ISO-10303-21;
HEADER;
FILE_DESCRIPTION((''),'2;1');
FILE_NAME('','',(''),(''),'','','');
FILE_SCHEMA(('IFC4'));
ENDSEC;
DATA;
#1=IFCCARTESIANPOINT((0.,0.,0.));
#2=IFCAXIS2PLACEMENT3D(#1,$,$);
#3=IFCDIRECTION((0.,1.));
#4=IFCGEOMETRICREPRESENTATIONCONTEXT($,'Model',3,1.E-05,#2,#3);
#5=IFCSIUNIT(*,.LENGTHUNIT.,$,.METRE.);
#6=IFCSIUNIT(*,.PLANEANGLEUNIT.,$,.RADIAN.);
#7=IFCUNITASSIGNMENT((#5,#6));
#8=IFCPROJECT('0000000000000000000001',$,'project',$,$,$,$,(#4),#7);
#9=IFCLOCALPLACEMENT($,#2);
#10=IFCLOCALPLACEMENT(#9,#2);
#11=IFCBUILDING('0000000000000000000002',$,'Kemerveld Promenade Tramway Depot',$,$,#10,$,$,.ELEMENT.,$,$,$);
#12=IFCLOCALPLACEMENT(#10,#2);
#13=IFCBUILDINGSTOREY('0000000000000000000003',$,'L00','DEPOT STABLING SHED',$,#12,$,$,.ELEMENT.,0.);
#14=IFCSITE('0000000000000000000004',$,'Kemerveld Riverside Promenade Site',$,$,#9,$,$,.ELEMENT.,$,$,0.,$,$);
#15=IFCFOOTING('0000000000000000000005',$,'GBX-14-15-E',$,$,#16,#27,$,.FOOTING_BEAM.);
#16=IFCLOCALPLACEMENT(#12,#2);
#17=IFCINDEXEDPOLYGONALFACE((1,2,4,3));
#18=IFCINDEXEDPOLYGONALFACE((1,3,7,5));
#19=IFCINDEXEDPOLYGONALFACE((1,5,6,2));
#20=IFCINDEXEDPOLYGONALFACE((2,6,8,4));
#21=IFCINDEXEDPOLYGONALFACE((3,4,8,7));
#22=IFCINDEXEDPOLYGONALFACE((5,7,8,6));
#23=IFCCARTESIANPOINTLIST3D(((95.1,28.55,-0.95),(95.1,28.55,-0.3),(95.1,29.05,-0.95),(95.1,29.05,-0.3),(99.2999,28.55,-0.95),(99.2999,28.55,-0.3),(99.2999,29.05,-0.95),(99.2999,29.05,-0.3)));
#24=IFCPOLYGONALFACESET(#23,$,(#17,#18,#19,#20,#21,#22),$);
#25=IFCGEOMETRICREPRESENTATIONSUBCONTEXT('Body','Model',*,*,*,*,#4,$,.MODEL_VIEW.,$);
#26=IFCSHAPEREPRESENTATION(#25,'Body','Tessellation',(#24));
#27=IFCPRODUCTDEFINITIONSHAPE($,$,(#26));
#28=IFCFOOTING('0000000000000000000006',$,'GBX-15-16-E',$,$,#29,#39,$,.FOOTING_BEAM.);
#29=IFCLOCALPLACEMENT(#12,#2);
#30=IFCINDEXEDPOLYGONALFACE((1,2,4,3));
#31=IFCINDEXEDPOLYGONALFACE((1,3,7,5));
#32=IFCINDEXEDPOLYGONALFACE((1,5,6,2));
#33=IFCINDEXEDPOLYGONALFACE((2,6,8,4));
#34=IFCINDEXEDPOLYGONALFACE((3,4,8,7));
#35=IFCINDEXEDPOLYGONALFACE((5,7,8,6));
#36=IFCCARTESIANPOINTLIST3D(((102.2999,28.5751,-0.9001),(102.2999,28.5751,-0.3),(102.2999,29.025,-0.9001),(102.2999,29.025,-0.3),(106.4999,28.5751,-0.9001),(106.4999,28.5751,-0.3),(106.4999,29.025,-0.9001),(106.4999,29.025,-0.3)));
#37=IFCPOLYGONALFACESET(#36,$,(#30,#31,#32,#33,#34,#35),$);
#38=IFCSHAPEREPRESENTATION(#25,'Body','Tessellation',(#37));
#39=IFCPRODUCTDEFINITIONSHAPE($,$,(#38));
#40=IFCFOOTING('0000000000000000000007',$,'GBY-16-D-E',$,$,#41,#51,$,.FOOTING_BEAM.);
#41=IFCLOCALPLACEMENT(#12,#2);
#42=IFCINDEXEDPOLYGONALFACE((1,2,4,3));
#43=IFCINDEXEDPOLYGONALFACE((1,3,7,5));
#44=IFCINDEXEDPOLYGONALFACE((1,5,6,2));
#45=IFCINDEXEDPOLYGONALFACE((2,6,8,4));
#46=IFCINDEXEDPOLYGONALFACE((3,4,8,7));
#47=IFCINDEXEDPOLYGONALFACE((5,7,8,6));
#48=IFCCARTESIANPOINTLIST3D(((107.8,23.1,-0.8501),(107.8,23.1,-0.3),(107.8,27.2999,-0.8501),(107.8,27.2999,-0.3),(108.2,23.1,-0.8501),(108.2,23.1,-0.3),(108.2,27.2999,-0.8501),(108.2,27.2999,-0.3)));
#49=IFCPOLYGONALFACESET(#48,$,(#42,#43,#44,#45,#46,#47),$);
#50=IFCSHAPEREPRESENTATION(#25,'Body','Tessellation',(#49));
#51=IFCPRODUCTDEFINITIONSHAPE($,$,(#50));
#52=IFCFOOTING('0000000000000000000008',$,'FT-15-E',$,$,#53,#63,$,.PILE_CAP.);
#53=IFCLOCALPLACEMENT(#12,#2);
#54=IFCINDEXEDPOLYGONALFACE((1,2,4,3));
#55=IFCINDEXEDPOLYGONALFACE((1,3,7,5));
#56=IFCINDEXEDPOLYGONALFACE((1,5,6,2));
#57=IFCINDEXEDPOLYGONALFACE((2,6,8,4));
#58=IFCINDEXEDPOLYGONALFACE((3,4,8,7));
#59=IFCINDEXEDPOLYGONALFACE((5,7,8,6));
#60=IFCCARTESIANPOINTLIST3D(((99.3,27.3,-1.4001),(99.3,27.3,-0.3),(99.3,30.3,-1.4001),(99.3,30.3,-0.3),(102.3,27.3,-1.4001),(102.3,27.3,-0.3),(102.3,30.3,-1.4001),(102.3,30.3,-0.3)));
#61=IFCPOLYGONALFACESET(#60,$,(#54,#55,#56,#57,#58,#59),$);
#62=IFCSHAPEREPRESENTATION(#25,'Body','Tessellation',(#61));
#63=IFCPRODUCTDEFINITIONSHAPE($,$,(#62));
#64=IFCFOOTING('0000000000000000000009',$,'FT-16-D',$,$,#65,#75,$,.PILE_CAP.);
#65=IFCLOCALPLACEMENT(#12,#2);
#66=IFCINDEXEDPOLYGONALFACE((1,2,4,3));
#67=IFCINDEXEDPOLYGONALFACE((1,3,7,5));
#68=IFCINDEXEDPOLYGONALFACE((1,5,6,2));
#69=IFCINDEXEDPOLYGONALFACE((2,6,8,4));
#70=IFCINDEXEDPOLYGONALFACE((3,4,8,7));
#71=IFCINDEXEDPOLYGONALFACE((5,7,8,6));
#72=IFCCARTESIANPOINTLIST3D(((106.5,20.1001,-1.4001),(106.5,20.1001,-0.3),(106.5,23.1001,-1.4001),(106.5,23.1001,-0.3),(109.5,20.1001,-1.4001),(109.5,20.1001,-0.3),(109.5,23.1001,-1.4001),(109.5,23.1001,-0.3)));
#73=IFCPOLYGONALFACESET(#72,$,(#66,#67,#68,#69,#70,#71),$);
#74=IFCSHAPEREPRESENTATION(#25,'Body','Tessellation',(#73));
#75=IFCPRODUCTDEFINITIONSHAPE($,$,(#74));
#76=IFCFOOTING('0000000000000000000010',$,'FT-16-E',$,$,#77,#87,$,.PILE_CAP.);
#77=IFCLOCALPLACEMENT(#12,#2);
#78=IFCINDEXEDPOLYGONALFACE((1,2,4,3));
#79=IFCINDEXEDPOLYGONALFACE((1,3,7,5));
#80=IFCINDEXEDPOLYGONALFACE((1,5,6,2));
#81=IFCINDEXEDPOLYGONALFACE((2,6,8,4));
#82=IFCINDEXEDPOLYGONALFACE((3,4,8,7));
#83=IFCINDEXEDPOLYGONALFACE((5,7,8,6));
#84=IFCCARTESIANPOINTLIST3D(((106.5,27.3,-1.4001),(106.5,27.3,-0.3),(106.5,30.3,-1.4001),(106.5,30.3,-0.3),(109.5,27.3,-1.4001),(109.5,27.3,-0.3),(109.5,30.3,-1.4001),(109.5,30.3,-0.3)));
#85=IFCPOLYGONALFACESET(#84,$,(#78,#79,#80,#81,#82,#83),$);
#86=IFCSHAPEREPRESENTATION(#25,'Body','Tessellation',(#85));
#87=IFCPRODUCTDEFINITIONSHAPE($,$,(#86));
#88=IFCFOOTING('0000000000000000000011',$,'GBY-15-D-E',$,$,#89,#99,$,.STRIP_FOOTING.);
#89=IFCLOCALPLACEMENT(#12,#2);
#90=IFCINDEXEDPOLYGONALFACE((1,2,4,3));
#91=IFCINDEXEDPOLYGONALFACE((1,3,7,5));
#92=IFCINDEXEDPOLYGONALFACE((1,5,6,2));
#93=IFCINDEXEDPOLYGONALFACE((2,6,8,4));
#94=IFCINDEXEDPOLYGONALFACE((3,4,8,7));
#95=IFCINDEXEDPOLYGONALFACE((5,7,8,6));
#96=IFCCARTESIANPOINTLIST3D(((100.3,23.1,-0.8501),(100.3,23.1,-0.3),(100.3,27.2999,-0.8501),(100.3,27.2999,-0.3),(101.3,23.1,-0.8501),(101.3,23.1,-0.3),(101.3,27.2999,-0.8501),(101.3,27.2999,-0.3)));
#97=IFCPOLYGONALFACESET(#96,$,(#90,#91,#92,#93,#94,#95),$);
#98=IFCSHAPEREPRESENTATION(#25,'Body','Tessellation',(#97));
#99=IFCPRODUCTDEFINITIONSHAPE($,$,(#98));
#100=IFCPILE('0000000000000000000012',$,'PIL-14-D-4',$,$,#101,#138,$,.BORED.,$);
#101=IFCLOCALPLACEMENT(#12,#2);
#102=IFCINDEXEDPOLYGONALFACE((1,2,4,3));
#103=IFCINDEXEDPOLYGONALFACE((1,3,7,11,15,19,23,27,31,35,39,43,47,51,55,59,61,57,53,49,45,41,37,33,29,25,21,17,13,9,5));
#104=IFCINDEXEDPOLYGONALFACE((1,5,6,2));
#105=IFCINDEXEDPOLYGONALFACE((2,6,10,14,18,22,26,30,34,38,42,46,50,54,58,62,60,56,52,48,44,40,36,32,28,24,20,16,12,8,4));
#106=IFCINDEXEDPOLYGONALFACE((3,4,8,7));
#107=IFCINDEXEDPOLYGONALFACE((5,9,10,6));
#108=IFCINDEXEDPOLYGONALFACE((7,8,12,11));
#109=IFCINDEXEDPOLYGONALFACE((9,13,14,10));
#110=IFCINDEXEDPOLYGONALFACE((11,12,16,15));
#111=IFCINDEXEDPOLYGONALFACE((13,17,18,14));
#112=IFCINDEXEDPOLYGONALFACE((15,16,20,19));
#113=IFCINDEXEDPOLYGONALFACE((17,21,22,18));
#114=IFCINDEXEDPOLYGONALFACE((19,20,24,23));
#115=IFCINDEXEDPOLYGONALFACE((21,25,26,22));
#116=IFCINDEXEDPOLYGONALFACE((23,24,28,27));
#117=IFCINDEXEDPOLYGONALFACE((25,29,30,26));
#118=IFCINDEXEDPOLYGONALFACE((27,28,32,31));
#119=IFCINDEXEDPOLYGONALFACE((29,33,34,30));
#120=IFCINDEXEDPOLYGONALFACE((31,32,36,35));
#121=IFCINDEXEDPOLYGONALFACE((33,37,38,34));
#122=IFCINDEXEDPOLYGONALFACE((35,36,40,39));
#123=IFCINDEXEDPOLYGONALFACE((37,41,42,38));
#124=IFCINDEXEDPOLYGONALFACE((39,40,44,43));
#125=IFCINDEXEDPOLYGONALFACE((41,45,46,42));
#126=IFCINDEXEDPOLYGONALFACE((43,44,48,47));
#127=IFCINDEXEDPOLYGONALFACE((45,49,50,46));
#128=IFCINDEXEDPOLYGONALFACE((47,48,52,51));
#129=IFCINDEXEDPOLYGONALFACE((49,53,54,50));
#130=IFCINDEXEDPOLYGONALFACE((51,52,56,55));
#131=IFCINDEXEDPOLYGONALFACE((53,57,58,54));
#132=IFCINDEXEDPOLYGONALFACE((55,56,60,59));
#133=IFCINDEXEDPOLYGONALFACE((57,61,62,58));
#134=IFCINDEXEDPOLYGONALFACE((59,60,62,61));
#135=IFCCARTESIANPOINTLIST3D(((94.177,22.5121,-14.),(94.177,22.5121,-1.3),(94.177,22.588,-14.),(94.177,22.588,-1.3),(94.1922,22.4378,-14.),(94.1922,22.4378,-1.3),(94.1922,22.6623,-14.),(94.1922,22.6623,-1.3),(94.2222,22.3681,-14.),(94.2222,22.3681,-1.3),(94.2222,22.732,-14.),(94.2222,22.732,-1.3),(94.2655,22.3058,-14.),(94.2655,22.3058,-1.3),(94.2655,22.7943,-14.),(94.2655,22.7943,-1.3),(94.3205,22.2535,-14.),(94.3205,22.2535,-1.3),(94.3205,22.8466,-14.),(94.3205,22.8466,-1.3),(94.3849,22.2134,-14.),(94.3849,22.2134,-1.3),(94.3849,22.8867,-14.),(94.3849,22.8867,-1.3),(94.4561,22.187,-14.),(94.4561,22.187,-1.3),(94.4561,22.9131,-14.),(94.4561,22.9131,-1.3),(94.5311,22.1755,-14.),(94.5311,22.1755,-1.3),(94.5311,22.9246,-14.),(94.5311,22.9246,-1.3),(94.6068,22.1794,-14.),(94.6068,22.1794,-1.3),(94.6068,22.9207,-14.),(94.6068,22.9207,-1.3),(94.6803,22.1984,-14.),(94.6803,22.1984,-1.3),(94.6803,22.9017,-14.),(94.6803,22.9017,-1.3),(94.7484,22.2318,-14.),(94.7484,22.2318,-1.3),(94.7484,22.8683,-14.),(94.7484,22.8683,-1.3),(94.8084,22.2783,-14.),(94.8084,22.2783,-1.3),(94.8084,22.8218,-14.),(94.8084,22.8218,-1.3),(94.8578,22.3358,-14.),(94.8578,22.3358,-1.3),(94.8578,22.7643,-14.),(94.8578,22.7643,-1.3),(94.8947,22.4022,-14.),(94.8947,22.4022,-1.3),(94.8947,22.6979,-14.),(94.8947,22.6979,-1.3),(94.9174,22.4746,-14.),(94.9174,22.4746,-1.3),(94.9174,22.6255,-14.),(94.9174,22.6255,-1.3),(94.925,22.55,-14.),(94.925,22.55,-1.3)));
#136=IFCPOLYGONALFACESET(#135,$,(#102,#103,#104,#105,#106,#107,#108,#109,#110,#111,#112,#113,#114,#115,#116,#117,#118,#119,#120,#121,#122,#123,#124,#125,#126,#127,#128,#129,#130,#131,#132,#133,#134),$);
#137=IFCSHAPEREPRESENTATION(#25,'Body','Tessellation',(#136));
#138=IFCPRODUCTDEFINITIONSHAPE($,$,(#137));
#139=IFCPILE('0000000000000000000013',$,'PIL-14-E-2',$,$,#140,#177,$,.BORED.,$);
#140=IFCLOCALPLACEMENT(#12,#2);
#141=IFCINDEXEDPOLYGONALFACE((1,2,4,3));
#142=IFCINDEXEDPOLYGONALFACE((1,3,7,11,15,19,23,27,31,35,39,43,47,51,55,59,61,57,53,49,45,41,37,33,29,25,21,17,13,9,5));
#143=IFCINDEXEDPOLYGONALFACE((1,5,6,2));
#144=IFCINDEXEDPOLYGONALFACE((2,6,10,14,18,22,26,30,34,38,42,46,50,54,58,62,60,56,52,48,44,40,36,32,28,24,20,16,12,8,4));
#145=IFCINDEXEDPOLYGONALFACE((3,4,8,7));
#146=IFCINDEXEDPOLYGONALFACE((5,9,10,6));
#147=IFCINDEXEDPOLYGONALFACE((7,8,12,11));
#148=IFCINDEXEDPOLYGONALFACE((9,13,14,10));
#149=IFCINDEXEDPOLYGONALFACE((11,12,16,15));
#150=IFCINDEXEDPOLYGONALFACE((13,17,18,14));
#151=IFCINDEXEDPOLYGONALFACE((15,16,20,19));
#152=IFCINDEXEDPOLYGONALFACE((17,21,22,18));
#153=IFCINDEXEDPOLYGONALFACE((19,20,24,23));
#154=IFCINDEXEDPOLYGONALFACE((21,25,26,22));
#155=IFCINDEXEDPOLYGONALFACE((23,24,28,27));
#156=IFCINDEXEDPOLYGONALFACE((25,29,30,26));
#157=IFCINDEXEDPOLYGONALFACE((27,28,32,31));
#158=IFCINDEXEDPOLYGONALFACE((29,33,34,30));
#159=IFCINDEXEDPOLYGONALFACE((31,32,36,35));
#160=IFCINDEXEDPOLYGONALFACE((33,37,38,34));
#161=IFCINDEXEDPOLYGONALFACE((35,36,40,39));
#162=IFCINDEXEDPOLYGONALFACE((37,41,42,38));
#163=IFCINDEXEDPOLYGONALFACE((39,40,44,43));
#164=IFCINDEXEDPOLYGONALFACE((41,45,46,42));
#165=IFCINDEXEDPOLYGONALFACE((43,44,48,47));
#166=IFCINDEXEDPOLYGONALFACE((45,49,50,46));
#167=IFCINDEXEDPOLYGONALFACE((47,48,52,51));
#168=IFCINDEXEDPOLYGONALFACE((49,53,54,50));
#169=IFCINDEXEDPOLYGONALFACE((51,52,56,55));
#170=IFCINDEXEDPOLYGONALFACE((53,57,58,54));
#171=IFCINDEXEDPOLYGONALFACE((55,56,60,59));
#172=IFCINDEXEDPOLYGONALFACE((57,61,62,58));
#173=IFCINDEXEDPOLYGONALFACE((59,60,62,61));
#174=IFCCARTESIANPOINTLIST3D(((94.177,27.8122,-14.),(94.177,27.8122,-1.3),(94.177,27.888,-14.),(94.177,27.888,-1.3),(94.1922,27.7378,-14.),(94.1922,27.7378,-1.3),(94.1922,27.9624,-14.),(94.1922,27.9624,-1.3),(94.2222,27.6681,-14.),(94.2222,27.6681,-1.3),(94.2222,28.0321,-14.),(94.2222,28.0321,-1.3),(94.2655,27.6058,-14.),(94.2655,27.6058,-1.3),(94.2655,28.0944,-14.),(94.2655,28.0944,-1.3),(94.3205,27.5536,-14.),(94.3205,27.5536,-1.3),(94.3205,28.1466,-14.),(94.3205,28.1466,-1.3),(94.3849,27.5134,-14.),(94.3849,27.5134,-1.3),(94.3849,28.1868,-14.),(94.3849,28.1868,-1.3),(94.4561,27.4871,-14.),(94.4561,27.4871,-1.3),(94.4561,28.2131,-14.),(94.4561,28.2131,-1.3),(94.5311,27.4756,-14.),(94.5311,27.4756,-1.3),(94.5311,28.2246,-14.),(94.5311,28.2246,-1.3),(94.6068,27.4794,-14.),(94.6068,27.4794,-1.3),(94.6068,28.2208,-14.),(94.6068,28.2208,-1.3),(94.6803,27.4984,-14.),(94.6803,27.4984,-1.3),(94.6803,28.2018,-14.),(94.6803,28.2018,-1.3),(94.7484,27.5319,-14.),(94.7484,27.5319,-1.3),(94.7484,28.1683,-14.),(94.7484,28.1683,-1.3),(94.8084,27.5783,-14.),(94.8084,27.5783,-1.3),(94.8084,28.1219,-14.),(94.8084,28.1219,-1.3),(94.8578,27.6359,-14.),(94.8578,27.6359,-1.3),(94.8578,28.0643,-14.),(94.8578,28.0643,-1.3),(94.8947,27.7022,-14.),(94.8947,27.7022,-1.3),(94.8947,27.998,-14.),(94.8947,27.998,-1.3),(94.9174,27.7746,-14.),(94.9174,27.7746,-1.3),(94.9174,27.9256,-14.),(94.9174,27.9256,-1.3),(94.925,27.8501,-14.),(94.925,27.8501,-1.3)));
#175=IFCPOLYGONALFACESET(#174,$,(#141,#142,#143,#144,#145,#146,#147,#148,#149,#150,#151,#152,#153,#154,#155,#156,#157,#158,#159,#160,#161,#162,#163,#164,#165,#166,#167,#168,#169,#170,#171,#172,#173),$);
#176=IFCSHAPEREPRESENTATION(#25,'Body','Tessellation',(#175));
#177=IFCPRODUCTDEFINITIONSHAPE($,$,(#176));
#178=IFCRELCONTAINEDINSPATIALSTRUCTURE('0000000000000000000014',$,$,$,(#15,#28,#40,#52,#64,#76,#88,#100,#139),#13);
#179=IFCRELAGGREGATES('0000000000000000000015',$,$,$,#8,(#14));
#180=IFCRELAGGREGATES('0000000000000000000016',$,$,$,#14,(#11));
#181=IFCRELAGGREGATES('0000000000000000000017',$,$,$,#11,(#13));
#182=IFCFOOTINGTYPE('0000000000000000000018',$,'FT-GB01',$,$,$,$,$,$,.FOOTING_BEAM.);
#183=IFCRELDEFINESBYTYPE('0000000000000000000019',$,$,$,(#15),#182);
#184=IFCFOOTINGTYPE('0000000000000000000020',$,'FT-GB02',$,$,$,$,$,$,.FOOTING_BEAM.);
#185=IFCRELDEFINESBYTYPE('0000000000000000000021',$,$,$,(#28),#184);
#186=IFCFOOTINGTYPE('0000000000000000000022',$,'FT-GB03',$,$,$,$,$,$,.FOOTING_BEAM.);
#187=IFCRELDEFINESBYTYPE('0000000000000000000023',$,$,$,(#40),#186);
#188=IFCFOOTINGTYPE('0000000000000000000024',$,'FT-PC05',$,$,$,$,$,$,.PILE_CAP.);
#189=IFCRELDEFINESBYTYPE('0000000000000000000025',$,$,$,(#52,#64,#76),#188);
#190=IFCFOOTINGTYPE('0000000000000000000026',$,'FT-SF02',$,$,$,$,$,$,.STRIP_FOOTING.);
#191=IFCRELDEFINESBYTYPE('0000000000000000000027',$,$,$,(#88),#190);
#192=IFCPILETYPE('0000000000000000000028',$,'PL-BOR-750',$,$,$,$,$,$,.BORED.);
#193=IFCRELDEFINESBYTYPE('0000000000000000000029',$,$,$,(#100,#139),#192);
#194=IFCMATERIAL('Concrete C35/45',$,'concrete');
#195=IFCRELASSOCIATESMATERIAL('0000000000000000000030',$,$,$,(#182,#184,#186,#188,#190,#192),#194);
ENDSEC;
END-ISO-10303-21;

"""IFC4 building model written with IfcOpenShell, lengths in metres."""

from ifc_helpers import new_model, si_unit, direction, frame, origin, origin_2d, place, context, subcontext, project, spatial, rectangle, circle, extrude, material, material_profile, profile_set, type_object, element, save


model = new_model("IFC4")

# Units and contexts
model_context = context("Model", 3, precision=1e-05, world=origin(), true_north=direction((0.0, 1.0)))
body_context = subcontext(model_context, "Body", "Model", "MODEL_VIEW")
ifc_project = project(units=[si_unit("LENGTHUNIT", "METRE"), si_unit("PLANEANGLEUNIT", "RADIAN")], contexts=[model_context])

# Site, building, storey
site_placement = place(None, origin())
site = spatial("IfcSite", under=ifc_project, at=site_placement, Name="Kemerveld Riverside Promenade Site", CompositionType="ELEMENT", RefElevation=0.0)
building_placement = place(site_placement, origin())
building = spatial("IfcBuilding", under=site, at=building_placement, Name="Kemerveld Promenade Tramway Depot", CompositionType="ELEMENT")
storey_placement = place(building_placement, origin())
storey = spatial("IfcBuildingStorey", under=building, at=storey_placement, Name="L00", Description="DEPOT STABLING SHED", CompositionType="ELEMENT", Elevation=0.0)

# Footings
ifc_material_1 = material(Name="Concrete C35/45", Category="concrete")
footing_type_1 = type_object("IfcFootingType", Name="FT-GB01", PredefinedType="FOOTING_BEAM", material=ifc_material_1)
footing_1_placement = place(storey_placement, frame((97.2, 28.8, -0.95), z_axis=(0.0, 0.0, 1.0), x_axis=(1.0, 0.0, 0.0)))
element("IfcFooting", 1, at=footing_1_placement, inside=storey, type_object=footing_type_1, Name="GBX-14-15-E", PredefinedType="FOOTING_BEAM", context=body_context, shape_type="SweptSolid", body=[
    extrude(rectangle(XDim=4.2, YDim=0.5, at=origin_2d()), origin(), (0.0, 0.0, 1.0), 0.6499),
])
footing_type_2 = type_object("IfcFootingType", Name="FT-GB02", PredefinedType="FOOTING_BEAM", material=ifc_material_1)
footing_2_placement = place(storey_placement, frame((104.3999, 28.8, -0.9001), z_axis=(0.0, 0.0, 1.0), x_axis=(1.0, 0.0, 0.0)))
element("IfcFooting", 2, at=footing_2_placement, inside=storey, type_object=footing_type_2, Name="GBX-15-16-E", PredefinedType="FOOTING_BEAM", context=body_context, shape_type="SweptSolid", body=[
    extrude(rectangle(XDim=4.2, YDim=0.45, at=origin_2d()), origin(), (0.0, 0.0, 1.0), 0.6001),
])
footing_type_3 = type_object("IfcFootingType", Name="FT-GB03", PredefinedType="FOOTING_BEAM", material=ifc_material_1)
footing_3_placement = place(storey_placement, frame((108.0, 25.2, -0.8501), z_axis=(0.0, 0.0, 1.0), x_axis=(0.0, 1.0, 0.0)))
element("IfcFooting", 3, at=footing_3_placement, inside=storey, type_object=footing_type_3, Name="GBY-16-D-E", PredefinedType="FOOTING_BEAM", context=body_context, shape_type="SweptSolid", body=[
    extrude(rectangle(XDim=4.2, YDim=0.3999, at=origin_2d()), origin(), (0.0, 0.0, 1.0), 0.55),
])
footing_type_4 = type_object("IfcFootingType", Name="FT-PC05", PredefinedType="PILE_CAP", material=ifc_material_1)
for number, where, z_axis, x_axis, name in (
    (4, (100.8, 28.8, -1.4001), (0.0, 0.0, 1.0), (1.0, 0.0, 0.0), "FT-15-E"),
    (5, (108.0, 21.6001, -1.4001), (0.0, 0.0, 1.0), (1.0, 0.0, 0.0), "FT-16-D"),
    (6, (108.0, 28.8, -1.4001), (0.0, 0.0, 1.0), (1.0, 0.0, 0.0), "FT-16-E"),
):
    element("IfcFooting", number, at=place(storey_placement, frame(where, z_axis=z_axis, x_axis=x_axis)), inside=storey, type_object=footing_type_4, Name=name, PredefinedType="PILE_CAP", context=body_context, shape_type="SweptSolid", body=[
        extrude(rectangle(XDim=3.0, YDim=3.0, at=origin_2d()), origin(), (0.0, 0.0, 1.0), 1.1001),
    ])
footing_type_5 = type_object("IfcFootingType", Name="FT-SF02", PredefinedType="STRIP_FOOTING", material=ifc_material_1)
footing_4_placement = place(storey_placement, frame((100.8, 25.2, -0.8501), z_axis=(0.0, 0.0, 1.0), x_axis=(0.0, 1.0, 0.0)))
element("IfcFooting", 7, at=footing_4_placement, inside=storey, type_object=footing_type_5, Name="GBY-15-D-E", PredefinedType="STRIP_FOOTING", context=body_context, shape_type="SweptSolid", body=[
    extrude(rectangle(XDim=4.2, YDim=1.0, at=origin_2d()), origin(), (0.0, 0.0, 1.0), 0.55),
])

# Piles
ifc_material_profile_1 = material_profile(ifc_material_1, circle(Radius=0.375, at=origin_2d()), Name="PILE-D750")
ifc_profile_set_1 = profile_set([ifc_material_profile_1], Name="Concrete C35/45")
pile_type = type_object("IfcPileType", Name="PL-BOR-750", PredefinedType="BORED", material=ifc_profile_set_1)
for number, where, z_axis, x_axis, name in (
    (8, (94.55, 22.55, -1.3), (0.0, 0.0, -1.0), (1.0, 0.0, 0.0), "PIL-14-D-4"),
    (9, (94.55, 27.8501, -1.3), (0.0, 0.0, -1.0), (1.0, 0.0, 0.0), "PIL-14-E-2"),
):
    element("IfcPile", number, at=place(storey_placement, frame(where, z_axis=z_axis, x_axis=x_axis)), inside=storey, type_object=pile_type, Name=name, PredefinedType="BORED", context=body_context, shape_type="SweptSolid", body=[
        extrude(circle(Radius=0.375, at=origin_2d()), origin(), (0.0, 0.0, 1.0), 12.7),
    ])

save(model, "model.ifc")
